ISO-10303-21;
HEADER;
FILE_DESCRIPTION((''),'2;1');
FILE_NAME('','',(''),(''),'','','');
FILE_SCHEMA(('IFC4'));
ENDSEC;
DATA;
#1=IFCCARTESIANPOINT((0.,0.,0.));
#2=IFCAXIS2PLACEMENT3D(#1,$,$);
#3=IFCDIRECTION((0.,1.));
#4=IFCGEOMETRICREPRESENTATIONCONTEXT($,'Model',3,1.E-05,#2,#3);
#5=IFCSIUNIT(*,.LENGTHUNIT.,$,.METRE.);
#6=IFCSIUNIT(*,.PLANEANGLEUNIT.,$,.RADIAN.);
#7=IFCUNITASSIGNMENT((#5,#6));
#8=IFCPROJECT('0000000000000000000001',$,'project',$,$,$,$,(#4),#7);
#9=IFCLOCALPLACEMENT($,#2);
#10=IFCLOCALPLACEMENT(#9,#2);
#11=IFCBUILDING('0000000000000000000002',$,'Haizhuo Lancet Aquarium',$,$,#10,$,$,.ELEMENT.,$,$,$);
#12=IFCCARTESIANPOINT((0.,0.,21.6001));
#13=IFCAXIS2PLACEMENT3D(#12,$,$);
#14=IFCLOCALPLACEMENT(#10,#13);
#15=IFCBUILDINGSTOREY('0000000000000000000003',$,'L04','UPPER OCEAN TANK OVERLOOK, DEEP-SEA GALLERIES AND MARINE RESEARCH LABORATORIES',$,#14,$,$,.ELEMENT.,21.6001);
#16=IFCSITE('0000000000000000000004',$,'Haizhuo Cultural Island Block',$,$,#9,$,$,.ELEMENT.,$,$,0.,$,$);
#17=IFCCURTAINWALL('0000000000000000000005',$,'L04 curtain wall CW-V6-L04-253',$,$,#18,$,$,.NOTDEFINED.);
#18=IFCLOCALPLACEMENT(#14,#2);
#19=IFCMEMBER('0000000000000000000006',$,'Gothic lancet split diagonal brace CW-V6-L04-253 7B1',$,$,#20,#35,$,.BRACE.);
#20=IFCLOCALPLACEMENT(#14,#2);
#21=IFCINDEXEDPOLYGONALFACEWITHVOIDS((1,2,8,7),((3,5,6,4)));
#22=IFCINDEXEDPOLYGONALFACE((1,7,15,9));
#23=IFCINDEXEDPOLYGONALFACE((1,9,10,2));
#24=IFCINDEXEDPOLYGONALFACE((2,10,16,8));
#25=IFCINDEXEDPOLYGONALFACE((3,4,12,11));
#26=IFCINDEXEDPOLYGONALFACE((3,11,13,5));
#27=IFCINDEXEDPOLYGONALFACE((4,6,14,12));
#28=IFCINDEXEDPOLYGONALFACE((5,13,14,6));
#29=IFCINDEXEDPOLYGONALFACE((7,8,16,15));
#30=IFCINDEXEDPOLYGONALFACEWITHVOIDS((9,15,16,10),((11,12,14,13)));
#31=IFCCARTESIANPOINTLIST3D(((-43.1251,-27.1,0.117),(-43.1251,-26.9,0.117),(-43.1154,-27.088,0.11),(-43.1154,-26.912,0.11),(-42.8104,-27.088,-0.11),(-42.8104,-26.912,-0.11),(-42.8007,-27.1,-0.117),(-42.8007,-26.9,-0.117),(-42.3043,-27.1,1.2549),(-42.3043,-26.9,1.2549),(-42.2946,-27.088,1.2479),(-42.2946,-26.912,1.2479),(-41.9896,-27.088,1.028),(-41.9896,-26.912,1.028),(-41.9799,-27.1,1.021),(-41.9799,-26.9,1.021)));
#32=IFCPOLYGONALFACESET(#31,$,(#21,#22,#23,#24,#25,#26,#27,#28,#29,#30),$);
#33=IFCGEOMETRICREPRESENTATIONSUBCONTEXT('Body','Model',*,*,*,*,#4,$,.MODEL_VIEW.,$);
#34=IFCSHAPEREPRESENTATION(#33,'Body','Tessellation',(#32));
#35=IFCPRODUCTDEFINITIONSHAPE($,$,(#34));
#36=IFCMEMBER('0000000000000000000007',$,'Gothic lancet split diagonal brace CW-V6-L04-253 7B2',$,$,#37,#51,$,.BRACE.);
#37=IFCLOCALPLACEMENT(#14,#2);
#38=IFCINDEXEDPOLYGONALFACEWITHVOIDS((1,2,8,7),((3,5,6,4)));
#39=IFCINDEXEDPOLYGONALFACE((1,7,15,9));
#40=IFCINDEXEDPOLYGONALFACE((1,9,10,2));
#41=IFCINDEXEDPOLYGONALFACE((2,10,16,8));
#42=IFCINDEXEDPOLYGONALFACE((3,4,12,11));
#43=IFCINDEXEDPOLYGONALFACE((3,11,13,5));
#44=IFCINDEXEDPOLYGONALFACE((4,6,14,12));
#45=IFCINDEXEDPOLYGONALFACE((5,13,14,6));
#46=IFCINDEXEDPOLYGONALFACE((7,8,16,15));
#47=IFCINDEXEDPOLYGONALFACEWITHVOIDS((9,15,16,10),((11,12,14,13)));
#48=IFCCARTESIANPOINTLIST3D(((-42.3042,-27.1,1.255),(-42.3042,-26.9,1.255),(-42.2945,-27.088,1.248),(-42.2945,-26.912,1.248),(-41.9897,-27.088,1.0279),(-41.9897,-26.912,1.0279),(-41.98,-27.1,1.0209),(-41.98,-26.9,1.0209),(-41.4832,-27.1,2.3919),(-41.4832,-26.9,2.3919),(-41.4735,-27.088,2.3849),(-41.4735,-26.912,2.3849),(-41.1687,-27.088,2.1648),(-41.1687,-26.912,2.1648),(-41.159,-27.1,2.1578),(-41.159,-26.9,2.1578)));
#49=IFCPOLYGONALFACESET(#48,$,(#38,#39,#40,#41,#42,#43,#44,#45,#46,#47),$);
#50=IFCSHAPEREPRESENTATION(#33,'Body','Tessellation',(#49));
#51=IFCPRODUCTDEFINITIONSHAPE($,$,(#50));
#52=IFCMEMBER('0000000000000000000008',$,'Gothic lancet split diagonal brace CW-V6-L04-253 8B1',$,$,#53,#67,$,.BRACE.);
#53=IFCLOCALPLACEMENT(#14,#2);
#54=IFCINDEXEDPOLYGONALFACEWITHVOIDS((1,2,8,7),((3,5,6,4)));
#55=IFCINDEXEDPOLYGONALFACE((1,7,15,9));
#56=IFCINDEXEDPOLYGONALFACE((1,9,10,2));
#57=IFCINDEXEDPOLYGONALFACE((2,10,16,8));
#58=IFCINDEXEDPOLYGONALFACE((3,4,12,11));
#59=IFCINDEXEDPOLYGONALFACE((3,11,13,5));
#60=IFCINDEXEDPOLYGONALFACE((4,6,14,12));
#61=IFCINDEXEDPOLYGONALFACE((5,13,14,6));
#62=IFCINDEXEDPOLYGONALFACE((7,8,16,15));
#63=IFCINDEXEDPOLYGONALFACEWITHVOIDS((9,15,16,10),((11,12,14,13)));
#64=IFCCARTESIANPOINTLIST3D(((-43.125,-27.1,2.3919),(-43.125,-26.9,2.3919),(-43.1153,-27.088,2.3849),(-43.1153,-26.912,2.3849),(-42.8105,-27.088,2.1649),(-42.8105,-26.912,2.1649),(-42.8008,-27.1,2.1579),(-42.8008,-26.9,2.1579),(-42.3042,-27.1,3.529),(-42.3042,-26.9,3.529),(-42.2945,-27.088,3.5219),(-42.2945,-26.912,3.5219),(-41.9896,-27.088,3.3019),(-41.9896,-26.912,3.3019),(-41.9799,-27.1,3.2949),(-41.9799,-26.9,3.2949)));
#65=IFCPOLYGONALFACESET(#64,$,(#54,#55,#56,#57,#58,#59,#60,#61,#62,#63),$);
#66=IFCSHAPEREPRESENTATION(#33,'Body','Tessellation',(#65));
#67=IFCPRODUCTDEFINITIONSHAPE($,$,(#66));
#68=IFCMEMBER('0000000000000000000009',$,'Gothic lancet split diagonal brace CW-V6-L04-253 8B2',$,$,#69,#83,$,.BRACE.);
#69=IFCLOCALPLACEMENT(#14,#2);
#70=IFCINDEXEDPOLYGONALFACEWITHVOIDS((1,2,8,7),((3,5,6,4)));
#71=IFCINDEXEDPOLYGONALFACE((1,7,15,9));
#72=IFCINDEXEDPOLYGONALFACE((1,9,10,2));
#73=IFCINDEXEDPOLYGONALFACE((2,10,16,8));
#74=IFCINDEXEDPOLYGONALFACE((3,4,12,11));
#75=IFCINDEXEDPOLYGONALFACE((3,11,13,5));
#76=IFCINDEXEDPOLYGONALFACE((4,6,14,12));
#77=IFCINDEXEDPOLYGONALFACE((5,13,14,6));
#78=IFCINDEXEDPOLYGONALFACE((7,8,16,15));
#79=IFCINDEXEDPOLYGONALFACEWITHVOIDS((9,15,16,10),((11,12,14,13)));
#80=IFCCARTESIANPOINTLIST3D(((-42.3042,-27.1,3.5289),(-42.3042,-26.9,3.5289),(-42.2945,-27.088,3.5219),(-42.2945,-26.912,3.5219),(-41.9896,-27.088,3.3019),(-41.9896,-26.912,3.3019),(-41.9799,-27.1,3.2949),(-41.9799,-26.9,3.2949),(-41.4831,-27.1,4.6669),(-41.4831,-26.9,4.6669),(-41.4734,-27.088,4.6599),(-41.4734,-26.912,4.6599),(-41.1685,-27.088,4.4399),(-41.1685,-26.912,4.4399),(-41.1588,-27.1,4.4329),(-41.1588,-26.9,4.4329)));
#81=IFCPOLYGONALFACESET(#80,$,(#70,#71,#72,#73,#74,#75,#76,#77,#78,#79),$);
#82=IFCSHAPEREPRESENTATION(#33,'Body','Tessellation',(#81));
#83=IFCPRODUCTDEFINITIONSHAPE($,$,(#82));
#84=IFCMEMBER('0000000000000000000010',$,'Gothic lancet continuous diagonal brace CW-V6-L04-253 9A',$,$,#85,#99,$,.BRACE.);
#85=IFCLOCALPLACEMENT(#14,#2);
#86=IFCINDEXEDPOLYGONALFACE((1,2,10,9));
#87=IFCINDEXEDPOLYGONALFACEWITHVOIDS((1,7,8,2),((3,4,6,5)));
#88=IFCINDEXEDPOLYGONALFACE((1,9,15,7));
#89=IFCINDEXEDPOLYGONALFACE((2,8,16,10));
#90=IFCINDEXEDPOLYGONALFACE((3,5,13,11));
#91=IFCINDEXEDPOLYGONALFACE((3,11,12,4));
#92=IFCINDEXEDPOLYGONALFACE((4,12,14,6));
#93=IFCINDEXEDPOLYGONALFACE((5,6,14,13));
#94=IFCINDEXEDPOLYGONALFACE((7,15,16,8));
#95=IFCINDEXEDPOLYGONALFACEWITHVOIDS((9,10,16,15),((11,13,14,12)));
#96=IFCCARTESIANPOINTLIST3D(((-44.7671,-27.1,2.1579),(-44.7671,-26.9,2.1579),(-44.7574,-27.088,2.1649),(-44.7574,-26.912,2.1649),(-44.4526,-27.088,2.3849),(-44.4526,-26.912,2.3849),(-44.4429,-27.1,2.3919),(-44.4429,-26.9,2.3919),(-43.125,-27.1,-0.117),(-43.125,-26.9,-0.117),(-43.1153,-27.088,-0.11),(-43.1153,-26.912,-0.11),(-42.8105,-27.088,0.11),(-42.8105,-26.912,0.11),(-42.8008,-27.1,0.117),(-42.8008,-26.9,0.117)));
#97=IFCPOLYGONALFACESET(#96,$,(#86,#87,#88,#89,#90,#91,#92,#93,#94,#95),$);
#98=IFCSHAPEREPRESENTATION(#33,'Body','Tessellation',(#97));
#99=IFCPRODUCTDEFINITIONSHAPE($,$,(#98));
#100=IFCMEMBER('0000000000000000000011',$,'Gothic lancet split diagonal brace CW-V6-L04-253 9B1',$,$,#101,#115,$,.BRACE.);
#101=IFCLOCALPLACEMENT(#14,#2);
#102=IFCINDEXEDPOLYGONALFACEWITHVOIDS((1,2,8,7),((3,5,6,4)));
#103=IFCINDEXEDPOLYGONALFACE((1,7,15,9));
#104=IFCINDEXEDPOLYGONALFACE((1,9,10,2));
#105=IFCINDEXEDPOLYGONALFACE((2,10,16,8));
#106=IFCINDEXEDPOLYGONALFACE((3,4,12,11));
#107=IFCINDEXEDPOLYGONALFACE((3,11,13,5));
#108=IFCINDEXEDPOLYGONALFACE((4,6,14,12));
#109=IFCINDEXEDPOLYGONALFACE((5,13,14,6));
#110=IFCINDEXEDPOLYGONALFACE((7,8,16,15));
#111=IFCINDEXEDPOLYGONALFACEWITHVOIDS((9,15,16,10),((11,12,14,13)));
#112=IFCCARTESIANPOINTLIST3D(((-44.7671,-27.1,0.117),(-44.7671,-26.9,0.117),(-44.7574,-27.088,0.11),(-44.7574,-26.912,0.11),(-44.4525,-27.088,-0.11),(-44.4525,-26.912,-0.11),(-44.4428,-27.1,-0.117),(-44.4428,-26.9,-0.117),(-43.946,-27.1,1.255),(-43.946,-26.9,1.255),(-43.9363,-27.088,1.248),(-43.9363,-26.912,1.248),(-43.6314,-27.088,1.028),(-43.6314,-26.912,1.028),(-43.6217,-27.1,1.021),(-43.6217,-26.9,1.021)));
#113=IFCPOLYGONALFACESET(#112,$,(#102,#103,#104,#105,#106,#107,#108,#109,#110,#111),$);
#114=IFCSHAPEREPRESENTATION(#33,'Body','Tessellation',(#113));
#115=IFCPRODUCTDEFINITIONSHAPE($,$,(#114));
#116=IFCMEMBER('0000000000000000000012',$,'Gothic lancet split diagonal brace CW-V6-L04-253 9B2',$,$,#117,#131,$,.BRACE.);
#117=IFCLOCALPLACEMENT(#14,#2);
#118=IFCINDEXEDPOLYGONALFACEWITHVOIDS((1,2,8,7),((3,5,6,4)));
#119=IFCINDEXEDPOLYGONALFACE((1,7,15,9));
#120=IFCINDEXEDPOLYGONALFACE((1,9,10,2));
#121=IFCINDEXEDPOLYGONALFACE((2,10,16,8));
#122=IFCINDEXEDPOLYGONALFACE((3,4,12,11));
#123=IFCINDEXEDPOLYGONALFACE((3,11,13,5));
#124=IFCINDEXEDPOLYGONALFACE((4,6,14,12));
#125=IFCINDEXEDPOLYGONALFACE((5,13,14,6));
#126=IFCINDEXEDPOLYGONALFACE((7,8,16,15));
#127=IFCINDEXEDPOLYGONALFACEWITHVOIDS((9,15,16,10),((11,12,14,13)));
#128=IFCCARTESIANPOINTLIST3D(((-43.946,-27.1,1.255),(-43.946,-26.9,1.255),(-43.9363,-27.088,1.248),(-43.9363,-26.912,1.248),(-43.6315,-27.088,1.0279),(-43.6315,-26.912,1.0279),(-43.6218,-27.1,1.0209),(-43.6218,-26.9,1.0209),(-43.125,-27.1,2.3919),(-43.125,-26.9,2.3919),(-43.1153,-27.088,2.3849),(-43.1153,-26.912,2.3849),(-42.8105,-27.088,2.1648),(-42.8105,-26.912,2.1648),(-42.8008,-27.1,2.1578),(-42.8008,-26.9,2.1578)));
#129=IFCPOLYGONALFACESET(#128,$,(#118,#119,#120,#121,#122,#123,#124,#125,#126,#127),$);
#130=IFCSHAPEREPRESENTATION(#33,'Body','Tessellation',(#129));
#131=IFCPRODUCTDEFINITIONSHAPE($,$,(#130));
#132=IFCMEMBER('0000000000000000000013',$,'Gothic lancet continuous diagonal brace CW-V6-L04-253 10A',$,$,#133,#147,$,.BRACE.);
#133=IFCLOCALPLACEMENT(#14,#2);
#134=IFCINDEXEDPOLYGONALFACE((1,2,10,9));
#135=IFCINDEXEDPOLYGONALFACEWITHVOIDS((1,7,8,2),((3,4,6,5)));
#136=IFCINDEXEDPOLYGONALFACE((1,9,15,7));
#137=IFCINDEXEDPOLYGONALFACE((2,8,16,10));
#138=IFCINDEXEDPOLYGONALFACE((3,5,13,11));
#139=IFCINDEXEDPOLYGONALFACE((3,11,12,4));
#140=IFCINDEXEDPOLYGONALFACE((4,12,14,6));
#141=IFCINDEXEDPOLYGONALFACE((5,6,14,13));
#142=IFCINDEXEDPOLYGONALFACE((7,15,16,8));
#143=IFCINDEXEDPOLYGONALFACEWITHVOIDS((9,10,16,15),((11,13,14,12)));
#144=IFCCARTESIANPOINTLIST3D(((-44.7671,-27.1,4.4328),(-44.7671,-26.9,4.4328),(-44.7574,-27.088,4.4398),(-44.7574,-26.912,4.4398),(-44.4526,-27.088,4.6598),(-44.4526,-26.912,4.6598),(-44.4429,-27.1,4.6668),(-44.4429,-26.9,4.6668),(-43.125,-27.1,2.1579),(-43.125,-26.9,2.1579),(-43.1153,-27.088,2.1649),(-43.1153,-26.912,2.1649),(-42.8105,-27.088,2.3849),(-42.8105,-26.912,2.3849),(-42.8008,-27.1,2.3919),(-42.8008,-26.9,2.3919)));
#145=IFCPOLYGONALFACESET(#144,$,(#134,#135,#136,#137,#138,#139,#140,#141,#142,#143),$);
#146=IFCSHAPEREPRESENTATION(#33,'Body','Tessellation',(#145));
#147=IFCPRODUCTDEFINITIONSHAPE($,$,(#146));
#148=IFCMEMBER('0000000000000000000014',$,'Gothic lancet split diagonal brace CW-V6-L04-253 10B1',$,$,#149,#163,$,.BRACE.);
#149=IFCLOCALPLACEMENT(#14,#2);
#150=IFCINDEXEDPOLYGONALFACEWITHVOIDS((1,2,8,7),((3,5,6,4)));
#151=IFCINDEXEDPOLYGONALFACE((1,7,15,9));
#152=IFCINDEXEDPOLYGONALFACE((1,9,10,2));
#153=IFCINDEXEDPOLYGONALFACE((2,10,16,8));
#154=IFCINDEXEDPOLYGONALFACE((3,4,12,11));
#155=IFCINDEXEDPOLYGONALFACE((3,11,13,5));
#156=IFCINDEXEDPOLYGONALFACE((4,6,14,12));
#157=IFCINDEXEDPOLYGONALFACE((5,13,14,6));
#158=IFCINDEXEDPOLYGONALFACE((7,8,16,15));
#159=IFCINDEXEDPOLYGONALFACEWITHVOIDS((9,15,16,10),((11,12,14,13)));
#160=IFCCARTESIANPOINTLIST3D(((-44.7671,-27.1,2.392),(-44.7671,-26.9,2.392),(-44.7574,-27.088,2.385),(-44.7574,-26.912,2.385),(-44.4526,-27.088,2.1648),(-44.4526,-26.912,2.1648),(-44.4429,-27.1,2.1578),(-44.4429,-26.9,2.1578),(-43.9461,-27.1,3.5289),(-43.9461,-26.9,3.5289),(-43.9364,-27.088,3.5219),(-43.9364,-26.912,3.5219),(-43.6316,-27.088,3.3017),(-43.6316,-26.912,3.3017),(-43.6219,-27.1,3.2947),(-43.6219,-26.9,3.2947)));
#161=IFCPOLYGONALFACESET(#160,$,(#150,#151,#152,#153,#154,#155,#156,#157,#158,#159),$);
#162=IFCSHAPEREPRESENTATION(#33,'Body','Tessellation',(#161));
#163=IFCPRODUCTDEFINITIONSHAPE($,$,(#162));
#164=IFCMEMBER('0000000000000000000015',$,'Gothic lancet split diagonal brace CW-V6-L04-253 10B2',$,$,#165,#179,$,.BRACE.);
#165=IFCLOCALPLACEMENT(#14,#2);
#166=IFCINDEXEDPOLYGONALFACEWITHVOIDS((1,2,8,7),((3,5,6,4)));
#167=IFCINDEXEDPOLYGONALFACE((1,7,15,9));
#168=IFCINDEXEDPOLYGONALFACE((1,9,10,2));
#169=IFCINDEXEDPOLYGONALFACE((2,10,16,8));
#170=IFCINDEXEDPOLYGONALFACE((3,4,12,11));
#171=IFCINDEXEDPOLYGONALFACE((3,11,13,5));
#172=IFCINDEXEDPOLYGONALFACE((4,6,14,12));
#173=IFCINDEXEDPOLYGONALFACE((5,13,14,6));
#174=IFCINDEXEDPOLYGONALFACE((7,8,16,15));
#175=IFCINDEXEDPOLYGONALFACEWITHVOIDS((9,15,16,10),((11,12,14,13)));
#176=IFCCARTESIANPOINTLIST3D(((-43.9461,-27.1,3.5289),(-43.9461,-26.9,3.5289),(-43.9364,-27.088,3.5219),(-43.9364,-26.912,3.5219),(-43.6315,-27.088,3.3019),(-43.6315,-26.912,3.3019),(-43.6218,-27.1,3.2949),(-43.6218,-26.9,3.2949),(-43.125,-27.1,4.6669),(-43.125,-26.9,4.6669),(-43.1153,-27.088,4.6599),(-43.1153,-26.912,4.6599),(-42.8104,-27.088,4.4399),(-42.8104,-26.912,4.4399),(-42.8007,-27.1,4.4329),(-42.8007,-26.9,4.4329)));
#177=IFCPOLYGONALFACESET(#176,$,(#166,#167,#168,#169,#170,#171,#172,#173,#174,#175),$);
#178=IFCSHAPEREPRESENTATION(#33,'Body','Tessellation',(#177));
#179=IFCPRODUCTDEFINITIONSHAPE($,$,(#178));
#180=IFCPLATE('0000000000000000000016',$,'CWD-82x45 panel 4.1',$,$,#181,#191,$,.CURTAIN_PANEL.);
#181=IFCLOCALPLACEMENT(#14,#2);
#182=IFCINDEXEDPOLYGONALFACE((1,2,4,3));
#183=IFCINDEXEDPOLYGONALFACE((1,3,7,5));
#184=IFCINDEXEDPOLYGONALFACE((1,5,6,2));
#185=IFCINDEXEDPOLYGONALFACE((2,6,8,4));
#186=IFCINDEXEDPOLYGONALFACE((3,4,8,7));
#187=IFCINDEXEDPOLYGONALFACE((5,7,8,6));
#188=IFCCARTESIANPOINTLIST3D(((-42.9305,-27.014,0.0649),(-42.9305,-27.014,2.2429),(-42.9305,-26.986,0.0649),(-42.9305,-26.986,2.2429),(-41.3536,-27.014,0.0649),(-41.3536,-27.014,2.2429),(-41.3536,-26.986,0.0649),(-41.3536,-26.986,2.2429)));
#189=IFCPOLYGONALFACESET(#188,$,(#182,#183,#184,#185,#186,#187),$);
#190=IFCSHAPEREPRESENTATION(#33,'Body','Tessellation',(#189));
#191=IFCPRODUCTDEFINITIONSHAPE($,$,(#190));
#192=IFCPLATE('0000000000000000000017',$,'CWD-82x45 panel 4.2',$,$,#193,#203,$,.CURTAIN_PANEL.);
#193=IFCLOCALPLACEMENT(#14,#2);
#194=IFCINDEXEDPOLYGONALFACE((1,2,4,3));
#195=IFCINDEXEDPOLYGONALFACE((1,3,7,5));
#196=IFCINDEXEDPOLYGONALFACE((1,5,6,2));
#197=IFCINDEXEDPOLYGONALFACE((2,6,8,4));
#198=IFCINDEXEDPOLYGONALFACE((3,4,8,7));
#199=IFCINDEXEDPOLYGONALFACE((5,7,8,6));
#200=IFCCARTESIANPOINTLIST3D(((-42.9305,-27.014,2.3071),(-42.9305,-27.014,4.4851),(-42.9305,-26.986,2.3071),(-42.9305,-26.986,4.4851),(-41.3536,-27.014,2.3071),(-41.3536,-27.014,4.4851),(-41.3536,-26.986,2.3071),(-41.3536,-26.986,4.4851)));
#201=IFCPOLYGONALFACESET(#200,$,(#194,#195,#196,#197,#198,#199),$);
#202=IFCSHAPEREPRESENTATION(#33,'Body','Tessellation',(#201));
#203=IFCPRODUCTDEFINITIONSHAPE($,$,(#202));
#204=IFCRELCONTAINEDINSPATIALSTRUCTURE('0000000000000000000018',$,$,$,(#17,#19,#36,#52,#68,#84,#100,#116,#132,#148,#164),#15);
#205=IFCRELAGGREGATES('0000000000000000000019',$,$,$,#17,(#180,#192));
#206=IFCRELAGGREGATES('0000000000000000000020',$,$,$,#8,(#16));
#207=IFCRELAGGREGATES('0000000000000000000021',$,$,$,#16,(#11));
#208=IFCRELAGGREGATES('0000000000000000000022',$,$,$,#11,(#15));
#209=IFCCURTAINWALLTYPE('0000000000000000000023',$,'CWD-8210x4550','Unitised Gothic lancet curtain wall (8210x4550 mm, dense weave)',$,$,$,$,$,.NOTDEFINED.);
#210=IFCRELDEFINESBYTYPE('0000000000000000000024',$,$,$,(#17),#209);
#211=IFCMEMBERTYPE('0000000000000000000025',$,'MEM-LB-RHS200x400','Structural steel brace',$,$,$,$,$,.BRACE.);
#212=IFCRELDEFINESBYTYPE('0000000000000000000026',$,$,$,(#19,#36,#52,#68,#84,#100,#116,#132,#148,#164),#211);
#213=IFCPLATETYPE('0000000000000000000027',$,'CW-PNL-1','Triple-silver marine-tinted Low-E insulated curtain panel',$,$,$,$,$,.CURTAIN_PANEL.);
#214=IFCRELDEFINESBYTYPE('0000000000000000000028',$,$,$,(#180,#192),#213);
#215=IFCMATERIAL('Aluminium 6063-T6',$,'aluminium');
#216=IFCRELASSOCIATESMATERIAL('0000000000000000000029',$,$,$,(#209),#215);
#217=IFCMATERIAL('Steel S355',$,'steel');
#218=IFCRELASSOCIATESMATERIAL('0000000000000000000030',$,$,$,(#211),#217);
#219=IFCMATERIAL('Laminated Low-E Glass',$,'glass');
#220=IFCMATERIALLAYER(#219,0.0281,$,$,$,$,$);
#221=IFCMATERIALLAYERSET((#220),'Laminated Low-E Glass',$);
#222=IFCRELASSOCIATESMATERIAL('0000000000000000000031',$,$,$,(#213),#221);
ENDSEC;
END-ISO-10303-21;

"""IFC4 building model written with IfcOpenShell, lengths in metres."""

from ifc_helpers import new_model, si_unit, direction, frame, origin, origin_2d, place, context, subcontext, project, spatial, rectangle, hollow_rectangle, extrude, material, layer, layer_set, material_profile, profile_set, type_object, element, aggregate, save


model = new_model("IFC4")

# Units and contexts
model_context = context("Model", 3, precision=1e-05, world=origin(), true_north=direction((0.0, 1.0)))
body_context = subcontext(model_context, "Body", "Model", "MODEL_VIEW")
ifc_project = project(units=[si_unit("LENGTHUNIT", "METRE"), si_unit("PLANEANGLEUNIT", "RADIAN")], contexts=[model_context])

# Site, building, storey
site_placement = place(None, origin())
site = spatial("IfcSite", under=ifc_project, at=site_placement, Name="Haizhuo Cultural Island Block", CompositionType="ELEMENT", RefElevation=0.0)
building_placement = place(site_placement, origin())
building = spatial("IfcBuilding", under=site, at=building_placement, Name="Haizhuo Lancet Aquarium", CompositionType="ELEMENT")
storey_placement = place(building_placement, frame((0.0, 0.0, 21.6001)))
storey = spatial("IfcBuildingStorey", under=building, at=storey_placement, Name="L04", Description="UPPER OCEAN TANK OVERLOOK, DEEP-SEA GALLERIES AND MARINE RESEARCH LABORATORIES", CompositionType="ELEMENT", Elevation=21.6001)

# Shared definitions
ifc_material_1 = material(Name="Steel S355", Category="steel")

# Curtain wall
ifc_material_2 = material(Name="Aluminium 6063-T6", Category="aluminium")
curtain_wall_type = type_object("IfcCurtainWallType", Name="CWD-8210x4550", Description="Unitised Gothic lancet curtain wall (8210x4550 mm, dense weave)", PredefinedType="NOTDEFINED", material=ifc_material_2)
curtain_wall_placement = place(storey_placement, origin())
curtain_wall = element("IfcCurtainWall", 1, at=curtain_wall_placement, inside=storey, type_object=curtain_wall_type, Name="L04 curtain wall CW-V6-L04-253", PredefinedType="NOTDEFINED")

# Members
ifc_material_profile_1 = material_profile(ifc_material_1, hollow_rectangle(XDim=0.2, YDim=0.3999, WallThickness=0.012, at=origin_2d()), Name="RHS 200x400x12")
ifc_profile_set_1 = profile_set([ifc_material_profile_1], Name="Steel S355")
member_type_1 = type_object("IfcMemberType", Name="MEM-LB-RHS200x400", Description="Structural steel brace", PredefinedType="BRACE", material=ifc_profile_set_1)
member_1_placement = place(storey_placement, frame((-42.9629, -27.0, 0.0), z_axis=(0.585001, 0.0, 0.811032), x_axis=(0.0, 1.0, 0.0)))
element("IfcMember", 2, at=member_1_placement, inside=storey, type_object=member_type_1, Name="Gothic lancet split diagonal brace CW-V6-L04-253 7B1", PredefinedType="BRACE", context=body_context, shape_type="SweptSolid", body=[
    extrude(hollow_rectangle(XDim=0.2, YDim=0.3999, WallThickness=0.012, at=origin_2d()), origin(), (0.0, 0.0, 1.0), 1.4031),
])
for number, where, z_axis, x_axis, name in (
    (3, (-42.1421, -27.0, 1.1379), (0.585446, 0.0, 0.810711), (0.0, 1.0, 0.0), "Gothic lancet split diagonal brace CW-V6-L04-253 7B2"),
    (4, (-42.9629, -27.0, 2.2749), (0.585332, 0.0, 0.810794), (0.0, 1.0, 0.0), "Gothic lancet split diagonal brace CW-V6-L04-253 8B1"),
):
    element("IfcMember", number, at=place(storey_placement, frame(where, z_axis=z_axis, x_axis=x_axis)), inside=storey, type_object=member_type_1, Name=name, PredefinedType="BRACE", context=body_context, shape_type="SweptSolid", body=[
        extrude(hollow_rectangle(XDim=0.2, YDim=0.3999, WallThickness=0.012, at=origin_2d()), origin(), (0.0, 0.0, 1.0), 1.4023),
    ])
member_2_placement = place(storey_placement, frame((-42.1421, -27.0, 3.4119), z_axis=(0.585116, 0.0, 0.81095), x_axis=(0.0, 1.0, 0.0)))
element("IfcMember", 5, at=member_2_placement, inside=storey, type_object=member_type_1, Name="Gothic lancet split diagonal brace CW-V6-L04-253 8B2", PredefinedType="BRACE", context=body_context, shape_type="SweptSolid", body=[
    extrude(hollow_rectangle(XDim=0.2, YDim=0.3999, WallThickness=0.012, at=origin_2d()), origin(), (0.0, 0.0, 1.0), 1.4033),
])
member_3_placement = place(storey_placement, frame((-42.9629, -27.0, 0.0), z_axis=(-0.585281, 0.0, 0.810831), x_axis=(0.0, -1.0, 0.0)))
element("IfcMember", 6, at=member_3_placement, inside=storey, type_object=member_type_1, Name="Gothic lancet continuous diagonal brace CW-V6-L04-253 9A", PredefinedType="BRACE", context=body_context, shape_type="SweptSolid", body=[
    extrude(hollow_rectangle(XDim=0.2, YDim=0.3999, WallThickness=0.012, at=origin_2d()), origin(), (0.0, 0.0, 1.0), 2.8057),
])
member_4_placement = place(storey_placement, frame((-44.605, -27.0, 0.0), z_axis=(0.585116, 0.0, 0.81095), x_axis=(0.0, 1.0, 0.0)))
element("IfcMember", 7, at=member_4_placement, inside=storey, type_object=member_type_1, Name="Gothic lancet split diagonal brace CW-V6-L04-253 9B1", PredefinedType="BRACE", context=body_context, shape_type="SweptSolid", body=[
    extrude(hollow_rectangle(XDim=0.2, YDim=0.3999, WallThickness=0.012, at=origin_2d()), origin(), (0.0, 0.0, 1.0), 1.4033),
])
member_5_placement = place(storey_placement, frame((-43.7839, -27.0, 1.1379), z_axis=(0.585446, 0.0, 0.810711), x_axis=(0.0, 1.0, 0.0)))
element("IfcMember", 8, at=member_5_placement, inside=storey, type_object=member_type_1, Name="Gothic lancet split diagonal brace CW-V6-L04-253 9B2", PredefinedType="BRACE", context=body_context, shape_type="SweptSolid", body=[
    extrude(hollow_rectangle(XDim=0.2, YDim=0.3999, WallThickness=0.012, at=origin_2d()), origin(), (0.0, 0.0, 1.0), 1.4023),
])
member_6_placement = place(storey_placement, frame((-42.9629, -27.0, 2.2749), z_axis=(-0.585281, 0.0, 0.810831), x_axis=(0.0, -1.0, 0.0)))
element("IfcMember", 9, at=member_6_placement, inside=storey, type_object=member_type_1, Name="Gothic lancet continuous diagonal brace CW-V6-L04-253 10A", PredefinedType="BRACE", context=body_context, shape_type="SweptSolid", body=[
    extrude(hollow_rectangle(XDim=0.2, YDim=0.3999, WallThickness=0.012, at=origin_2d()), origin(), (0.0, 0.0, 1.0), 2.8057),
])
member_7_placement = place(storey_placement, frame((-44.605, -27.0, 2.2749), z_axis=(0.585446, 0.0, 0.810711), x_axis=(0.0, 1.0, 0.0)))
element("IfcMember", 10, at=member_7_placement, inside=storey, type_object=member_type_1, Name="Gothic lancet split diagonal brace CW-V6-L04-253 10B1", PredefinedType="BRACE", context=body_context, shape_type="SweptSolid", body=[
    extrude(hollow_rectangle(XDim=0.2, YDim=0.3999, WallThickness=0.012, at=origin_2d()), origin(), (0.0, 0.0, 1.0), 1.4023),
])
member_8_placement = place(storey_placement, frame((-43.7839, -27.0, 3.4119), z_axis=(0.585116, 0.0, 0.81095), x_axis=(0.0, 1.0, 0.0)))
element("IfcMember", 11, at=member_8_placement, inside=storey, type_object=member_type_1, Name="Gothic lancet split diagonal brace CW-V6-L04-253 10B2", PredefinedType="BRACE", context=body_context, shape_type="SweptSolid", body=[
    extrude(hollow_rectangle(XDim=0.2, YDim=0.3999, WallThickness=0.012, at=origin_2d()), origin(), (0.0, 0.0, 1.0), 1.4033),
])

# Plates
ifc_material_3 = material(Name="Laminated Low-E Glass", Category="glass")
ifc_layer = layer(ifc_material_3, 0.0281)
ifc_layer_set = layer_set([ifc_layer], Name="Laminated Low-E Glass")
plate_type = type_object("IfcPlateType", Name="CW-PNL-1", Description="Triple-silver marine-tinted Low-E insulated curtain panel", PredefinedType="CURTAIN_PANEL", material=ifc_layer_set)
plate_1_placement = place(storey_placement, frame((-42.1421, -27.0, 0.0649), z_axis=(0.0, 0.0, 1.0), x_axis=(-1.0, 0.0, 0.0)))
plate_1 = element("IfcPlate", 12, at=plate_1_placement, type_object=plate_type, Name="CWD-82x45 panel 4.1", PredefinedType="CURTAIN_PANEL", context=body_context, shape_type="SweptSolid", body=[
    extrude(rectangle(XDim=1.5769, YDim=0.0281, at=origin_2d()), origin(), (0.0, 0.0, 1.0), 2.178),
])
plate_2_placement = place(storey_placement, frame((-42.1421, -27.0, 2.3071), z_axis=(0.0, 0.0, 1.0), x_axis=(-1.0, 0.0, 0.0)))
plate_2 = element("IfcPlate", 13, at=plate_2_placement, type_object=plate_type, Name="CWD-82x45 panel 4.2", PredefinedType="CURTAIN_PANEL", context=body_context, shape_type="SweptSolid", body=[
    extrude(rectangle(XDim=1.5769, YDim=0.0281, at=origin_2d()), origin(), (0.0, 0.0, 1.0), 2.178),
])
aggregate(curtain_wall, [plate_1, plate_2])

save(model, "model.ifc")
